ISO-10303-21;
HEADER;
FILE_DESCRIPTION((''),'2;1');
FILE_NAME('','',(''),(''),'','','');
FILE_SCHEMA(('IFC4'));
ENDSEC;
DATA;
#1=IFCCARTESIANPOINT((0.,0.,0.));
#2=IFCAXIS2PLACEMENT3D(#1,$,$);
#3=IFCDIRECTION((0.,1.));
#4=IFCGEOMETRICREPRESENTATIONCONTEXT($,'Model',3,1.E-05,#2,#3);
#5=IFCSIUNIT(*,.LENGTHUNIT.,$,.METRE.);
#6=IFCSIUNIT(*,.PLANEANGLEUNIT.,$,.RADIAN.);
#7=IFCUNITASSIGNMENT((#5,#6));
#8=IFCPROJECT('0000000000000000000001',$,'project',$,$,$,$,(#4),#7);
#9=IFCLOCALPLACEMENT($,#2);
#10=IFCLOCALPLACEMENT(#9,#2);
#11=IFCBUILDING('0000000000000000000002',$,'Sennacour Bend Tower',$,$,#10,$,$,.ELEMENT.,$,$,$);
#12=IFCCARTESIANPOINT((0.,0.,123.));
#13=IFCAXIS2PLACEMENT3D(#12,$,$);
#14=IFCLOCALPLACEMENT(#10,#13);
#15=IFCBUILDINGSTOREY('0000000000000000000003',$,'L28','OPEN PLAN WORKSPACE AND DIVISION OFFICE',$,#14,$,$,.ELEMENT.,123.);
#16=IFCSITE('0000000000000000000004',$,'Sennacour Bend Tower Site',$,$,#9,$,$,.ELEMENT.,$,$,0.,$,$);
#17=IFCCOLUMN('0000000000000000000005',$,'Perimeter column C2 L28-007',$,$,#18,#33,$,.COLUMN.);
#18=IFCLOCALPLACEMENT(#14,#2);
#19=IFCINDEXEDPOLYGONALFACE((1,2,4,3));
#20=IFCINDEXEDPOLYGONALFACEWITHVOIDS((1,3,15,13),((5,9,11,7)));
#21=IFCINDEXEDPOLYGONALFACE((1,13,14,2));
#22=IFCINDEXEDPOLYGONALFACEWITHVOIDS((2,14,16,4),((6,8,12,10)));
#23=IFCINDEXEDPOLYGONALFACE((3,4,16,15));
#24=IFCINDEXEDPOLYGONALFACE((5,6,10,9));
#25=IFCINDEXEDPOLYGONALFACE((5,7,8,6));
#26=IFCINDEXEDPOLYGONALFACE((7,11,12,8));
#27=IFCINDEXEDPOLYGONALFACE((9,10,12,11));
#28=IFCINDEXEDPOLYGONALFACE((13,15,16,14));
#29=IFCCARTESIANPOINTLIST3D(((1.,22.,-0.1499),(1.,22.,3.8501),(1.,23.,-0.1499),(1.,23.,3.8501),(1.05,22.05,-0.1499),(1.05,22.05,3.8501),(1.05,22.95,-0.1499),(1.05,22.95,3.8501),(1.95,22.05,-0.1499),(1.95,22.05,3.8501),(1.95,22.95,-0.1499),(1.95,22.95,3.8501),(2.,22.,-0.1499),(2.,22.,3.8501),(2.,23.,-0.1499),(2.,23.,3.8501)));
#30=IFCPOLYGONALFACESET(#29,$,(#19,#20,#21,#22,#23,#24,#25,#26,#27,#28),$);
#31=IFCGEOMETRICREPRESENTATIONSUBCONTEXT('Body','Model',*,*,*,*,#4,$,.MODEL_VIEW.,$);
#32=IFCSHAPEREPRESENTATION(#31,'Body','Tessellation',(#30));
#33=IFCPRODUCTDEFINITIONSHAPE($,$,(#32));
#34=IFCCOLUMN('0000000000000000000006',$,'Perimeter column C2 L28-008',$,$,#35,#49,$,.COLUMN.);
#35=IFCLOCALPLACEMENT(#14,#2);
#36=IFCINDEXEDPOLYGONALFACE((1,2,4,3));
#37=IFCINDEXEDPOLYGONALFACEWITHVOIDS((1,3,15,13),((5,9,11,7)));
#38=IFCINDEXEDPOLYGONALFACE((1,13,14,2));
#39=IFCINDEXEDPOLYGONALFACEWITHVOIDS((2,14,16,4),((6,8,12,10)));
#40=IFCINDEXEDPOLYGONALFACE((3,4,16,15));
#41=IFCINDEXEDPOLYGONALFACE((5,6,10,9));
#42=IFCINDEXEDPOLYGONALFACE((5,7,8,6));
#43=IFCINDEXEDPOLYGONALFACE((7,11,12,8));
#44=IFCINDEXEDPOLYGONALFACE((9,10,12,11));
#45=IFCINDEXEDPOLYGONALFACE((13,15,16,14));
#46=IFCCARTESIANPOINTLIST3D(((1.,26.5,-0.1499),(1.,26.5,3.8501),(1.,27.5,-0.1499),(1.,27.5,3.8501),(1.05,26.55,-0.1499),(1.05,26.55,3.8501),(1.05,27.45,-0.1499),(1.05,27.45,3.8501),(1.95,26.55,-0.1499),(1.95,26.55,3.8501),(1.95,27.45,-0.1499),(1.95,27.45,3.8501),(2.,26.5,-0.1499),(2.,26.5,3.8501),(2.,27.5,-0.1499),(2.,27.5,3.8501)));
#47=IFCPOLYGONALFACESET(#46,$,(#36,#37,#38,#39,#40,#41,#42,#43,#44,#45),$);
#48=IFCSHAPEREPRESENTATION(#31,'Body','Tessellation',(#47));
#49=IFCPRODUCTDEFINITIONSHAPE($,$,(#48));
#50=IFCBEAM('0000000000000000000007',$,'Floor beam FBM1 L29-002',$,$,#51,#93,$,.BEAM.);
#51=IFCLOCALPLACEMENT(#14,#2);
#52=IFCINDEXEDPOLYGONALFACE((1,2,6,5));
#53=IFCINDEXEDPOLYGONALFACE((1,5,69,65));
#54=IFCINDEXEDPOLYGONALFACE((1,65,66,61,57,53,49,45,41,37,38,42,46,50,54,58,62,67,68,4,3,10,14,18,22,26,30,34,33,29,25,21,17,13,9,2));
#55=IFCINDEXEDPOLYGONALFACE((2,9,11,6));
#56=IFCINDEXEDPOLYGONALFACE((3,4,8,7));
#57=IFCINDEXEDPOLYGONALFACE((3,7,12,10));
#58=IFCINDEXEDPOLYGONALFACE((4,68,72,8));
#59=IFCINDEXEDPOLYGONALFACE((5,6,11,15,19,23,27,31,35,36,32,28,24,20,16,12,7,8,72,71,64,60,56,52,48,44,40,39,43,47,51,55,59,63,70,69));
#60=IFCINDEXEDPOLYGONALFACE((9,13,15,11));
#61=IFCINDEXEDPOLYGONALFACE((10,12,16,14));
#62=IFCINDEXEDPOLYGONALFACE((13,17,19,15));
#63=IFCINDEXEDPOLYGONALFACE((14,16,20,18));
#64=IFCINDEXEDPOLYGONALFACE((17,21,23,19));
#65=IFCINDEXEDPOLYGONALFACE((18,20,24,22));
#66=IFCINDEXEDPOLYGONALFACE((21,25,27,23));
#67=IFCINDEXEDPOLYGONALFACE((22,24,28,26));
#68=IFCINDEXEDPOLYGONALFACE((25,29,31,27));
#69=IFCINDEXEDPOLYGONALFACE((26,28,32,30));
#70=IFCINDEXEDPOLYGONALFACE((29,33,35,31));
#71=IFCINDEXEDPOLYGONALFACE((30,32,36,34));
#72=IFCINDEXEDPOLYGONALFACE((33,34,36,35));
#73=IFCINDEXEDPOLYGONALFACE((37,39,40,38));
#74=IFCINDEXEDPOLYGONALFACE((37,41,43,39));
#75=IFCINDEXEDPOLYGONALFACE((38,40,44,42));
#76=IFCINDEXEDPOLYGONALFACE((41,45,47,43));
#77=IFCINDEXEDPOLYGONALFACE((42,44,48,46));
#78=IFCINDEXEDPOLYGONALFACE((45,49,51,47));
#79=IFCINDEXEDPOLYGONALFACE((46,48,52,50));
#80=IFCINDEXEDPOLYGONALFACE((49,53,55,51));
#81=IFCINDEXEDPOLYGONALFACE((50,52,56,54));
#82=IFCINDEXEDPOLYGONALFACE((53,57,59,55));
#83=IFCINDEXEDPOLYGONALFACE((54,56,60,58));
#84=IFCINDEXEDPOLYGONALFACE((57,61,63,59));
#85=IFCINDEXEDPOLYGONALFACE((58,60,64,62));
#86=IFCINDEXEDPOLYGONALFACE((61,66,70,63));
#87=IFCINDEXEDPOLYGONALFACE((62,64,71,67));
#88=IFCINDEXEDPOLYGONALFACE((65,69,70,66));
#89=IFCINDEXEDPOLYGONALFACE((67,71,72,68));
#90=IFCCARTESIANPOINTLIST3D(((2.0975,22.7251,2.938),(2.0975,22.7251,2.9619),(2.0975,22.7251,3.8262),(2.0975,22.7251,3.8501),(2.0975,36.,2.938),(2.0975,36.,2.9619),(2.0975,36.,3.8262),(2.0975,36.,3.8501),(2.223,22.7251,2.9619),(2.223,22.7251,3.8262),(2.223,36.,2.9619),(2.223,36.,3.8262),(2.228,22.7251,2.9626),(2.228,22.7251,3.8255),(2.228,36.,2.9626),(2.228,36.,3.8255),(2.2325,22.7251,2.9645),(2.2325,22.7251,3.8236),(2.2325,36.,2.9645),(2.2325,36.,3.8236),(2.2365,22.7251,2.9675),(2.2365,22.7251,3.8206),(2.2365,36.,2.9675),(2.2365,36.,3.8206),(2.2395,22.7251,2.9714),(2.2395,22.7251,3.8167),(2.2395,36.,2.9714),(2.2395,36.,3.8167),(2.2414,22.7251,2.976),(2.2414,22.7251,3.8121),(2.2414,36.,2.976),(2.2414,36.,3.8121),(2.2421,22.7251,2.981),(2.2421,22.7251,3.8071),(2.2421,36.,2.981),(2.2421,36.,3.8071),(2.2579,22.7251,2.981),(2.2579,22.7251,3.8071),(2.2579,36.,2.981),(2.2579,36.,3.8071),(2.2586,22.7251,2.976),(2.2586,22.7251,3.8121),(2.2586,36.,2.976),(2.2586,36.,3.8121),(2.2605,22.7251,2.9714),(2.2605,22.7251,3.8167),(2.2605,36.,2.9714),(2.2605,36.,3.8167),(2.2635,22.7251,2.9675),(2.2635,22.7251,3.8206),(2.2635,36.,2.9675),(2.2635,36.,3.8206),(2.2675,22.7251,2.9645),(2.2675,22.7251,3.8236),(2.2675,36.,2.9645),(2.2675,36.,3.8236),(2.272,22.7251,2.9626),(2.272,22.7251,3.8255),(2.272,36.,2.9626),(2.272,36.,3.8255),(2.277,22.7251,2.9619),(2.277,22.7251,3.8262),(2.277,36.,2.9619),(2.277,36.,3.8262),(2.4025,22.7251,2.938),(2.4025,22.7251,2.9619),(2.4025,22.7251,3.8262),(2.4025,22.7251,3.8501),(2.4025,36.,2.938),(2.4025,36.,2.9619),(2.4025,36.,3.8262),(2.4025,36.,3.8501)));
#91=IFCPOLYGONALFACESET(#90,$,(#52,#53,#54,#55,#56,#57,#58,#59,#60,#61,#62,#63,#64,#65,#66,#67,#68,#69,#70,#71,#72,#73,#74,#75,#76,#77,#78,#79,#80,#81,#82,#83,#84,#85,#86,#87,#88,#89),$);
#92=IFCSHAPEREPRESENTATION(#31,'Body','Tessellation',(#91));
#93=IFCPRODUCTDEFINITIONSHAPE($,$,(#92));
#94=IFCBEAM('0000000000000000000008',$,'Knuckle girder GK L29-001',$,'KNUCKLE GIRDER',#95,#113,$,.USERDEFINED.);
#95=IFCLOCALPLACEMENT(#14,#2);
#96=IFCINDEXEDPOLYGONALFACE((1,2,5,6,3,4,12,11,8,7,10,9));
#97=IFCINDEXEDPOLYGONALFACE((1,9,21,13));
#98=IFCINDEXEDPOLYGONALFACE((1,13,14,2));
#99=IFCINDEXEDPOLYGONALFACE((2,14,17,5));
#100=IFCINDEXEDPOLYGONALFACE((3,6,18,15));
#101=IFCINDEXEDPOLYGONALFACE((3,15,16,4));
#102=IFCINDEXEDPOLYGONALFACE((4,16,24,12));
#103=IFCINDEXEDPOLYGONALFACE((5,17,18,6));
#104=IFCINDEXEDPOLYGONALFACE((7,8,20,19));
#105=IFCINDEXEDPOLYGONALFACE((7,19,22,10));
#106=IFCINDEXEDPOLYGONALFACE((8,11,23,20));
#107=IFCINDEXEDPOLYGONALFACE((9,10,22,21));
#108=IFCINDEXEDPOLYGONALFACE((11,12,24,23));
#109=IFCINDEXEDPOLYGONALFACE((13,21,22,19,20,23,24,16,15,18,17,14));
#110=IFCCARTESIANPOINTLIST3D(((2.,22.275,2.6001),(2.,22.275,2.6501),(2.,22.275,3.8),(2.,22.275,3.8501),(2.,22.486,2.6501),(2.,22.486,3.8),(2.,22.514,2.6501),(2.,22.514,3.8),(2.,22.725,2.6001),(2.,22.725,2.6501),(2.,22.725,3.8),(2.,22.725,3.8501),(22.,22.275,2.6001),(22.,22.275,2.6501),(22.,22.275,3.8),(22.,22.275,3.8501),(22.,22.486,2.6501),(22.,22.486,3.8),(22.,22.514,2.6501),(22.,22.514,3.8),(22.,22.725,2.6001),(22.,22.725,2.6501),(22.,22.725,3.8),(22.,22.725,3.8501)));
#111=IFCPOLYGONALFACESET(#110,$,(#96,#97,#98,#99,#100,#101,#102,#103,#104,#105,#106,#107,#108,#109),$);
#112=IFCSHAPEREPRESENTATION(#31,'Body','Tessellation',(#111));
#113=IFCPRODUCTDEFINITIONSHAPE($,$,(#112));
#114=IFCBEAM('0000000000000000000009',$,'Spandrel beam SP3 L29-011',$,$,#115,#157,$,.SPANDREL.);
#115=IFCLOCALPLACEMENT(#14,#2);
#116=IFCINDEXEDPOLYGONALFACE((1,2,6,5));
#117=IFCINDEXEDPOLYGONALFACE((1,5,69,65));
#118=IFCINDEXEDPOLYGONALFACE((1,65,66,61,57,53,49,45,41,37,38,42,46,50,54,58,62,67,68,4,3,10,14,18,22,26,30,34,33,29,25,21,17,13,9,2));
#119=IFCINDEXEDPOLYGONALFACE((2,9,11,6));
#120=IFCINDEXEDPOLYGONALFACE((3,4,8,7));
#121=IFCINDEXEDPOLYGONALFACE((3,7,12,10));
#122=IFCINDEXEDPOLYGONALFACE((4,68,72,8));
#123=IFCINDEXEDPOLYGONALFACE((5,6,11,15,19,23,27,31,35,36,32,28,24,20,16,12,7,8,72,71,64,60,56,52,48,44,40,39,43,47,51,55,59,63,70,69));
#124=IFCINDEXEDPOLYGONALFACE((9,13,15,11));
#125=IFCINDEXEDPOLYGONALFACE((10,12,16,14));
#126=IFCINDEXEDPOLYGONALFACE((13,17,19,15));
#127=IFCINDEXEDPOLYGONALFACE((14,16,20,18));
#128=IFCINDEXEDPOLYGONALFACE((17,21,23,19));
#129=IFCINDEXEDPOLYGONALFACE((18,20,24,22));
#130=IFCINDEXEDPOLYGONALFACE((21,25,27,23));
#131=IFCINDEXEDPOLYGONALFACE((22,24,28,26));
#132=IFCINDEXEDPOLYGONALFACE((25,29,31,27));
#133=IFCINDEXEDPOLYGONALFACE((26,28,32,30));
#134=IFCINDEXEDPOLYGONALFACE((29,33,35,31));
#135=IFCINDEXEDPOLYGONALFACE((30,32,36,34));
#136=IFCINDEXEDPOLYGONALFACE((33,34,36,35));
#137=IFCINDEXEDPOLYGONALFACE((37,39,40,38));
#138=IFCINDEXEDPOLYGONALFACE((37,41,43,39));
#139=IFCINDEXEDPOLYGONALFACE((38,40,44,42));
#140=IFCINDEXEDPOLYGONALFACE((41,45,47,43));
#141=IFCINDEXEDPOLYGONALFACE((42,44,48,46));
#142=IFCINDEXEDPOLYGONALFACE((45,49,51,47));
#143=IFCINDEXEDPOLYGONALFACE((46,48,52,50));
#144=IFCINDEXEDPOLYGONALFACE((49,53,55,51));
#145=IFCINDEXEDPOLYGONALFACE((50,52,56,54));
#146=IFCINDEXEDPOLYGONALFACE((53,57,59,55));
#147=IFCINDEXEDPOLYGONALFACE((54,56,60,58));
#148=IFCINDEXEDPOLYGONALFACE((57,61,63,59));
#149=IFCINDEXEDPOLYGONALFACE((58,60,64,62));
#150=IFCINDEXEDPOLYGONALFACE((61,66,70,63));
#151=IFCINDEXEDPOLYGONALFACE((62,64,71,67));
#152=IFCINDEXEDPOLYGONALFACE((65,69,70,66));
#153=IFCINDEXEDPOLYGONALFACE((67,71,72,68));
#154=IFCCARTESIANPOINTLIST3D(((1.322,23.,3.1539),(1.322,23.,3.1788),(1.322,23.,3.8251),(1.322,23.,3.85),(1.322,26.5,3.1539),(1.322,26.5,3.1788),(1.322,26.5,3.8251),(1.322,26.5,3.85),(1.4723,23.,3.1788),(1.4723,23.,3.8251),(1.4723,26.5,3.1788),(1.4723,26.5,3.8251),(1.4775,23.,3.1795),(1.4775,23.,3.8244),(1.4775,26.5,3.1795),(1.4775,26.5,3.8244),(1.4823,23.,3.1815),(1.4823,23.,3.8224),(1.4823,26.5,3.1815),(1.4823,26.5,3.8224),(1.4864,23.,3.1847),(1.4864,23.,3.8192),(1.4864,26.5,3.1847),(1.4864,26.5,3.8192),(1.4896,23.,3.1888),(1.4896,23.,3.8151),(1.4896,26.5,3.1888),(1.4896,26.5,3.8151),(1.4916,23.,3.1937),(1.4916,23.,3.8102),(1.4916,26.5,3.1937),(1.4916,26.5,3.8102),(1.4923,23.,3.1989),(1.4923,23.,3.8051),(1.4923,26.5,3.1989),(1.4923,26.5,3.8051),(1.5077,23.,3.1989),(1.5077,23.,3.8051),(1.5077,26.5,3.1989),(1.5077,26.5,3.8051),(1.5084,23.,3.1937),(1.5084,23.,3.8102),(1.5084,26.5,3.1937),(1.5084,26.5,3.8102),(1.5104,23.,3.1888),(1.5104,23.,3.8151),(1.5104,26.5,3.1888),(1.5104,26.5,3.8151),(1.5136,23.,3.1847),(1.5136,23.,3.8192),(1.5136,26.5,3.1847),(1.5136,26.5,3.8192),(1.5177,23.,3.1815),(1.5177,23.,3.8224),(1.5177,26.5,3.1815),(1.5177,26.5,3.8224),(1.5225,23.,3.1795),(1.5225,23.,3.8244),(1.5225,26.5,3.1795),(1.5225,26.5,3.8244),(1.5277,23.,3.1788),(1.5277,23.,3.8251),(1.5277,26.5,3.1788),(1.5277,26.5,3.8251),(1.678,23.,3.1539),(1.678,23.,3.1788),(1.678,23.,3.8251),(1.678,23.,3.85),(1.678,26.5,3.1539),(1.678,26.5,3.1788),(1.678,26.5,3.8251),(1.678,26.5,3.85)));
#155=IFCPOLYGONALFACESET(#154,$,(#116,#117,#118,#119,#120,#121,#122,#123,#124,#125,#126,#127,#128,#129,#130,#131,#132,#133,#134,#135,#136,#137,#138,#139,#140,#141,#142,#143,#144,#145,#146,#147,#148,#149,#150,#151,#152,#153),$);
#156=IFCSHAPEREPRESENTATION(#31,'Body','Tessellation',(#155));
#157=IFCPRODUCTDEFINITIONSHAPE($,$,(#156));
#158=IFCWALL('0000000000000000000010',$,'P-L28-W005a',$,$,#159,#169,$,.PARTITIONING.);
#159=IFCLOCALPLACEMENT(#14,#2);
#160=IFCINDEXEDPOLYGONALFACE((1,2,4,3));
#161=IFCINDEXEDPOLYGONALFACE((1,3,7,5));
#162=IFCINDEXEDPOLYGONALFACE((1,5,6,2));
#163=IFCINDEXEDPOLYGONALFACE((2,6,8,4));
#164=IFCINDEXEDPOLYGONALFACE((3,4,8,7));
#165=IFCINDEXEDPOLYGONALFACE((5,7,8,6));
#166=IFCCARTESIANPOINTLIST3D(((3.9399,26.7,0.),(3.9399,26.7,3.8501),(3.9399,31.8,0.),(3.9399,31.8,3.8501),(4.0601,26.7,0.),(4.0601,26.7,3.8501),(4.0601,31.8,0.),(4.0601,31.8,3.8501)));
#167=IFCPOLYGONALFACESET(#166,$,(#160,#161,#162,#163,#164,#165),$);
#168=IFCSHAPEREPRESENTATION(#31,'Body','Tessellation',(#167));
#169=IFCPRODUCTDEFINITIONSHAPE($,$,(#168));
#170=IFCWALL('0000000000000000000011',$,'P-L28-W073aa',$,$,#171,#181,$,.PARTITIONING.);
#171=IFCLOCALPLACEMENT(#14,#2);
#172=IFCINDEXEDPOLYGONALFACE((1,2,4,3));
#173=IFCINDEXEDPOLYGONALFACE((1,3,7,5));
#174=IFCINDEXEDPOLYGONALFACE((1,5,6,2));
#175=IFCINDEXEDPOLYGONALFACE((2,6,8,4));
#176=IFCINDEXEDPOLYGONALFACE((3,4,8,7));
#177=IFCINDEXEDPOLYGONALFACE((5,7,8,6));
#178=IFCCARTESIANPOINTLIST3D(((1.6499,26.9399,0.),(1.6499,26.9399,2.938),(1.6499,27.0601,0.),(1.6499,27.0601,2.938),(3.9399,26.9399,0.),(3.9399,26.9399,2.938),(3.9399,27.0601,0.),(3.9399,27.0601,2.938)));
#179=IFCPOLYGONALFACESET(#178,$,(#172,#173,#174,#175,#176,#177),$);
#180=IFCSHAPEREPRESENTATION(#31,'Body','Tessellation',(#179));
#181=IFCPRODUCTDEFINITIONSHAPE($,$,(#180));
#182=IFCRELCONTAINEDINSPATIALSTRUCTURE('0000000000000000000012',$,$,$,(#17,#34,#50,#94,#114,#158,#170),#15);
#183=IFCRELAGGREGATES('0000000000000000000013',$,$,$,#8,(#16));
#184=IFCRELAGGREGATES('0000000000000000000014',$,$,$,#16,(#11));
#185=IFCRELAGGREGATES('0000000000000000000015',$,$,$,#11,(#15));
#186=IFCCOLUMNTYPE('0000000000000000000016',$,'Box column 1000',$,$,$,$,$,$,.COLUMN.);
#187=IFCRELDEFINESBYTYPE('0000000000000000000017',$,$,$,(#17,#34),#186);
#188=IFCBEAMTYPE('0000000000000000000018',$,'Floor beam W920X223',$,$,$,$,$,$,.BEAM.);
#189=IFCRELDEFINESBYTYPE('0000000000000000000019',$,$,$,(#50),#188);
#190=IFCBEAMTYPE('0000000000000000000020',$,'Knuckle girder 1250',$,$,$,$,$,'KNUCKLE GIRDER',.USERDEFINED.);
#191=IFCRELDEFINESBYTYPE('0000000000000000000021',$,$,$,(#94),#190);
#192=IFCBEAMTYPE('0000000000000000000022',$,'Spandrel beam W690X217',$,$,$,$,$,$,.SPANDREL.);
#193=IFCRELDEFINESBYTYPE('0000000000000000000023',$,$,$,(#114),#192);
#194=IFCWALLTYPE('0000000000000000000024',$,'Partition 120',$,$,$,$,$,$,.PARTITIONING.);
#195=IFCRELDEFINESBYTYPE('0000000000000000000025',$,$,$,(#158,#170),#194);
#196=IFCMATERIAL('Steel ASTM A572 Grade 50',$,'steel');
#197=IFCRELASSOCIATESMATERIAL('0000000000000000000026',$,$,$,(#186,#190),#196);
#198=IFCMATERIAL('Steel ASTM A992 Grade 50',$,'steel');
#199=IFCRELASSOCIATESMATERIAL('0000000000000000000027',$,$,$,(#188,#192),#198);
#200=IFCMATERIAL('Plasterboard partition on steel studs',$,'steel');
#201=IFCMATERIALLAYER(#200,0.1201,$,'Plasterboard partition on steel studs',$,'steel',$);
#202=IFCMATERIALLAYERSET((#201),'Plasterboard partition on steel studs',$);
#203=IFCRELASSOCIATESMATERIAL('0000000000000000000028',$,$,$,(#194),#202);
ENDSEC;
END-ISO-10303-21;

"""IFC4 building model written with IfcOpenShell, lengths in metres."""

from ifc_helpers import new_model, si_unit, direction, frame, frame_2d, origin, origin_2d, place, context, subcontext, project, spatial, rectangle, hollow_rectangle, i_section, extrude, material, layer, layer_set, material_profile, profile_set, type_object, element, save


model = new_model("IFC4")

# Units and contexts
model_context = context("Model", 3, precision=1e-05, world=origin(), true_north=direction((0.0, 1.0)))
body_context = subcontext(model_context, "Body", "Model", "MODEL_VIEW")
ifc_project = project(units=[si_unit("LENGTHUNIT", "METRE"), si_unit("PLANEANGLEUNIT", "RADIAN")], contexts=[model_context])

# Site, building, storey
site_placement = place(None, origin())
site = spatial("IfcSite", under=ifc_project, at=site_placement, Name="Sennacour Bend Tower Site", CompositionType="ELEMENT", RefElevation=0.0)
building_placement = place(site_placement, origin())
building = spatial("IfcBuilding", under=site, at=building_placement, Name="Sennacour Bend Tower", CompositionType="ELEMENT")
storey_placement = place(building_placement, frame((0.0, 0.0, 123.0)))
storey = spatial("IfcBuildingStorey", under=building, at=storey_placement, Name="L28", Description="OPEN PLAN WORKSPACE AND DIVISION OFFICE", CompositionType="ELEMENT", Elevation=123.0)

# Columns
ifc_material_1 = material(Name="Steel ASTM A572 Grade 50", Category="steel")
ifc_material_profile_1 = material_profile(ifc_material_1, hollow_rectangle(XDim=1.0, YDim=1.0, WallThickness=0.05, at=origin_2d()), Name="Steel ASTM A572 Grade 50", Category="steel")
ifc_profile_set_1 = profile_set([ifc_material_profile_1], Name="Steel ASTM A572 Grade 50")
column_type = type_object("IfcColumnType", Name="Box column 1000", PredefinedType="COLUMN", material=ifc_profile_set_1)
for number, where, z_axis, x_axis, name in (
    (1, (1.5, 22.5, -0.1499), (0.0, 0.0, 1.0), (1.0, 0.0, 0.0), "Perimeter column C2 L28-007"),
    (2, (1.5, 27.0, -0.1499), (0.0, 0.0, 1.0), (1.0, 0.0, 0.0), "Perimeter column C2 L28-008"),
):
    element("IfcColumn", number, at=place(storey_placement, frame(where, z_axis=z_axis, x_axis=x_axis)), inside=storey, type_object=column_type, Name=name, PredefinedType="COLUMN", context=body_context, shape_type="SweptSolid", body=[
        extrude(hollow_rectangle(XDim=1.0, YDim=1.0, WallThickness=0.05, at=origin_2d()), origin(), (0.0, 0.0, 1.0), 4.0),
    ])

# Beams
ifc_material_2 = material(Name="Steel ASTM A992 Grade 50", Category="steel")
ifc_material_profile_2 = material_profile(ifc_material_2, i_section(OverallWidth=0.3049, OverallDepth=0.9121, WebThickness=0.0159, FlangeThickness=0.0239, FilletRadius=0.019, at=origin_2d()), Name="Steel ASTM A992 Grade 50", Category="steel")
ifc_profile_set_2 = profile_set([ifc_material_profile_2], Name="Steel ASTM A992 Grade 50")
beam_type_1 = type_object("IfcBeamType", Name="Floor beam W920X223", PredefinedType="BEAM", material=ifc_profile_set_2)
beam_1_placement = place(storey_placement, frame((2.25, 22.7251, 3.394), z_axis=(0.0, 1.0, 0.0), x_axis=(-1.0, 0.0, 0.0)))
element("IfcBeam", 3, at=beam_1_placement, inside=storey, type_object=beam_type_1, Name="Floor beam FBM1 L29-002", PredefinedType="BEAM", context=body_context, shape_type="SweptSolid", body=[
    extrude(i_section(OverallWidth=0.3049, OverallDepth=0.9121, WebThickness=0.0159, FlangeThickness=0.0239, FilletRadius=0.019, at=origin_2d()), origin(), (0.0, 0.0, 1.0), 13.2749),
])
ifc_material_profile_3 = material_profile(ifc_material_1, i_section(OverallWidth=0.45, OverallDepth=1.25, WebThickness=0.0281, FlangeThickness=0.05, at=origin_2d()), Name="Steel ASTM A572 Grade 50", Category="steel")
ifc_profile_set_3 = profile_set([ifc_material_profile_3], Name="Steel ASTM A572 Grade 50")
beam_type_2 = type_object("IfcBeamType", Name="Knuckle girder 1250", ElementType="KNUCKLE GIRDER", PredefinedType="USERDEFINED", material=ifc_profile_set_3)
beam_2_placement = place(storey_placement, frame((2.0, 22.5, 3.2251), z_axis=(1.0, 0.0, 0.0), x_axis=(0.0, 1.0, 0.0)))
element("IfcBeam", 4, at=beam_2_placement, inside=storey, type_object=beam_type_2, Name="Knuckle girder GK L29-001", ObjectType="KNUCKLE GIRDER", PredefinedType="USERDEFINED", context=body_context, shape_type="SweptSolid", body=[
    extrude(i_section(OverallWidth=0.45, OverallDepth=1.25, WebThickness=0.0281, FlangeThickness=0.05, at=origin_2d()), origin(), (0.0, 0.0, 1.0), 20.0),
])
ifc_material_profile_4 = material_profile(ifc_material_2, i_section(OverallWidth=0.356, OverallDepth=0.696, WebThickness=0.0154, FlangeThickness=0.0249, FilletRadius=0.02, at=origin_2d()), Name="Steel ASTM A992 Grade 50", Category="steel")
ifc_profile_set_4 = profile_set([ifc_material_profile_4], Name="Steel ASTM A992 Grade 50")
beam_type_3 = type_object("IfcBeamType", Name="Spandrel beam W690X217", PredefinedType="SPANDREL", material=ifc_profile_set_4)
beam_3_placement = place(storey_placement, frame((1.5, 23.0, 3.502), z_axis=(0.0, 1.0, 0.0), x_axis=(-1.0, 0.0, 0.0)))
element("IfcBeam", 5, at=beam_3_placement, inside=storey, type_object=beam_type_3, Name="Spandrel beam SP3 L29-011", PredefinedType="SPANDREL", context=body_context, shape_type="SweptSolid", body=[
    extrude(i_section(OverallWidth=0.356, OverallDepth=0.696, WebThickness=0.0154, FlangeThickness=0.0249, FilletRadius=0.02, at=origin_2d()), origin(), (0.0, 0.0, 1.0), 3.5),
])

# Walls
ifc_material_3 = material(Name="Plasterboard partition on steel studs", Category="steel")
ifc_layer_1 = layer(ifc_material_3, 0.1201, Name="Plasterboard partition on steel studs", Category="steel")
ifc_layer_set_1 = layer_set([ifc_layer_1], Name="Plasterboard partition on steel studs")
wall_type_1 = type_object("IfcWallType", Name="Partition 120", PredefinedType="PARTITIONING", material=ifc_layer_set_1)
wall_1_placement = place(storey_placement, frame((4.0, 26.7, 0.0), z_axis=(0.0, 0.0, 1.0), x_axis=(0.0, 1.0, 0.0)))
element("IfcWall", 6, at=wall_1_placement, inside=storey, type_object=wall_type_1, Name="P-L28-W005a", PredefinedType="PARTITIONING", context=body_context, shape_type="SweptSolid", body=[
    extrude(rectangle(XDim=5.1001, YDim=0.1201, at=frame_2d((2.55, 0.0))), origin(), (0.0, 0.0, 1.0), 3.8501),
])
wall_2_placement = place(storey_placement, frame((1.6499, 27.0, 0.0), z_axis=(0.0, 0.0, 1.0), x_axis=(1.0, 0.0, 0.0)))
element("IfcWall", 7, at=wall_2_placement, inside=storey, type_object=wall_type_1, Name="P-L28-W073aa", PredefinedType="PARTITIONING", context=body_context, shape_type="SweptSolid", body=[
    extrude(rectangle(XDim=2.29, YDim=0.1201, at=frame_2d((1.145, 0.0))), origin(), (0.0, 0.0, 1.0), 2.938),
])

save(model, "model.ifc")
